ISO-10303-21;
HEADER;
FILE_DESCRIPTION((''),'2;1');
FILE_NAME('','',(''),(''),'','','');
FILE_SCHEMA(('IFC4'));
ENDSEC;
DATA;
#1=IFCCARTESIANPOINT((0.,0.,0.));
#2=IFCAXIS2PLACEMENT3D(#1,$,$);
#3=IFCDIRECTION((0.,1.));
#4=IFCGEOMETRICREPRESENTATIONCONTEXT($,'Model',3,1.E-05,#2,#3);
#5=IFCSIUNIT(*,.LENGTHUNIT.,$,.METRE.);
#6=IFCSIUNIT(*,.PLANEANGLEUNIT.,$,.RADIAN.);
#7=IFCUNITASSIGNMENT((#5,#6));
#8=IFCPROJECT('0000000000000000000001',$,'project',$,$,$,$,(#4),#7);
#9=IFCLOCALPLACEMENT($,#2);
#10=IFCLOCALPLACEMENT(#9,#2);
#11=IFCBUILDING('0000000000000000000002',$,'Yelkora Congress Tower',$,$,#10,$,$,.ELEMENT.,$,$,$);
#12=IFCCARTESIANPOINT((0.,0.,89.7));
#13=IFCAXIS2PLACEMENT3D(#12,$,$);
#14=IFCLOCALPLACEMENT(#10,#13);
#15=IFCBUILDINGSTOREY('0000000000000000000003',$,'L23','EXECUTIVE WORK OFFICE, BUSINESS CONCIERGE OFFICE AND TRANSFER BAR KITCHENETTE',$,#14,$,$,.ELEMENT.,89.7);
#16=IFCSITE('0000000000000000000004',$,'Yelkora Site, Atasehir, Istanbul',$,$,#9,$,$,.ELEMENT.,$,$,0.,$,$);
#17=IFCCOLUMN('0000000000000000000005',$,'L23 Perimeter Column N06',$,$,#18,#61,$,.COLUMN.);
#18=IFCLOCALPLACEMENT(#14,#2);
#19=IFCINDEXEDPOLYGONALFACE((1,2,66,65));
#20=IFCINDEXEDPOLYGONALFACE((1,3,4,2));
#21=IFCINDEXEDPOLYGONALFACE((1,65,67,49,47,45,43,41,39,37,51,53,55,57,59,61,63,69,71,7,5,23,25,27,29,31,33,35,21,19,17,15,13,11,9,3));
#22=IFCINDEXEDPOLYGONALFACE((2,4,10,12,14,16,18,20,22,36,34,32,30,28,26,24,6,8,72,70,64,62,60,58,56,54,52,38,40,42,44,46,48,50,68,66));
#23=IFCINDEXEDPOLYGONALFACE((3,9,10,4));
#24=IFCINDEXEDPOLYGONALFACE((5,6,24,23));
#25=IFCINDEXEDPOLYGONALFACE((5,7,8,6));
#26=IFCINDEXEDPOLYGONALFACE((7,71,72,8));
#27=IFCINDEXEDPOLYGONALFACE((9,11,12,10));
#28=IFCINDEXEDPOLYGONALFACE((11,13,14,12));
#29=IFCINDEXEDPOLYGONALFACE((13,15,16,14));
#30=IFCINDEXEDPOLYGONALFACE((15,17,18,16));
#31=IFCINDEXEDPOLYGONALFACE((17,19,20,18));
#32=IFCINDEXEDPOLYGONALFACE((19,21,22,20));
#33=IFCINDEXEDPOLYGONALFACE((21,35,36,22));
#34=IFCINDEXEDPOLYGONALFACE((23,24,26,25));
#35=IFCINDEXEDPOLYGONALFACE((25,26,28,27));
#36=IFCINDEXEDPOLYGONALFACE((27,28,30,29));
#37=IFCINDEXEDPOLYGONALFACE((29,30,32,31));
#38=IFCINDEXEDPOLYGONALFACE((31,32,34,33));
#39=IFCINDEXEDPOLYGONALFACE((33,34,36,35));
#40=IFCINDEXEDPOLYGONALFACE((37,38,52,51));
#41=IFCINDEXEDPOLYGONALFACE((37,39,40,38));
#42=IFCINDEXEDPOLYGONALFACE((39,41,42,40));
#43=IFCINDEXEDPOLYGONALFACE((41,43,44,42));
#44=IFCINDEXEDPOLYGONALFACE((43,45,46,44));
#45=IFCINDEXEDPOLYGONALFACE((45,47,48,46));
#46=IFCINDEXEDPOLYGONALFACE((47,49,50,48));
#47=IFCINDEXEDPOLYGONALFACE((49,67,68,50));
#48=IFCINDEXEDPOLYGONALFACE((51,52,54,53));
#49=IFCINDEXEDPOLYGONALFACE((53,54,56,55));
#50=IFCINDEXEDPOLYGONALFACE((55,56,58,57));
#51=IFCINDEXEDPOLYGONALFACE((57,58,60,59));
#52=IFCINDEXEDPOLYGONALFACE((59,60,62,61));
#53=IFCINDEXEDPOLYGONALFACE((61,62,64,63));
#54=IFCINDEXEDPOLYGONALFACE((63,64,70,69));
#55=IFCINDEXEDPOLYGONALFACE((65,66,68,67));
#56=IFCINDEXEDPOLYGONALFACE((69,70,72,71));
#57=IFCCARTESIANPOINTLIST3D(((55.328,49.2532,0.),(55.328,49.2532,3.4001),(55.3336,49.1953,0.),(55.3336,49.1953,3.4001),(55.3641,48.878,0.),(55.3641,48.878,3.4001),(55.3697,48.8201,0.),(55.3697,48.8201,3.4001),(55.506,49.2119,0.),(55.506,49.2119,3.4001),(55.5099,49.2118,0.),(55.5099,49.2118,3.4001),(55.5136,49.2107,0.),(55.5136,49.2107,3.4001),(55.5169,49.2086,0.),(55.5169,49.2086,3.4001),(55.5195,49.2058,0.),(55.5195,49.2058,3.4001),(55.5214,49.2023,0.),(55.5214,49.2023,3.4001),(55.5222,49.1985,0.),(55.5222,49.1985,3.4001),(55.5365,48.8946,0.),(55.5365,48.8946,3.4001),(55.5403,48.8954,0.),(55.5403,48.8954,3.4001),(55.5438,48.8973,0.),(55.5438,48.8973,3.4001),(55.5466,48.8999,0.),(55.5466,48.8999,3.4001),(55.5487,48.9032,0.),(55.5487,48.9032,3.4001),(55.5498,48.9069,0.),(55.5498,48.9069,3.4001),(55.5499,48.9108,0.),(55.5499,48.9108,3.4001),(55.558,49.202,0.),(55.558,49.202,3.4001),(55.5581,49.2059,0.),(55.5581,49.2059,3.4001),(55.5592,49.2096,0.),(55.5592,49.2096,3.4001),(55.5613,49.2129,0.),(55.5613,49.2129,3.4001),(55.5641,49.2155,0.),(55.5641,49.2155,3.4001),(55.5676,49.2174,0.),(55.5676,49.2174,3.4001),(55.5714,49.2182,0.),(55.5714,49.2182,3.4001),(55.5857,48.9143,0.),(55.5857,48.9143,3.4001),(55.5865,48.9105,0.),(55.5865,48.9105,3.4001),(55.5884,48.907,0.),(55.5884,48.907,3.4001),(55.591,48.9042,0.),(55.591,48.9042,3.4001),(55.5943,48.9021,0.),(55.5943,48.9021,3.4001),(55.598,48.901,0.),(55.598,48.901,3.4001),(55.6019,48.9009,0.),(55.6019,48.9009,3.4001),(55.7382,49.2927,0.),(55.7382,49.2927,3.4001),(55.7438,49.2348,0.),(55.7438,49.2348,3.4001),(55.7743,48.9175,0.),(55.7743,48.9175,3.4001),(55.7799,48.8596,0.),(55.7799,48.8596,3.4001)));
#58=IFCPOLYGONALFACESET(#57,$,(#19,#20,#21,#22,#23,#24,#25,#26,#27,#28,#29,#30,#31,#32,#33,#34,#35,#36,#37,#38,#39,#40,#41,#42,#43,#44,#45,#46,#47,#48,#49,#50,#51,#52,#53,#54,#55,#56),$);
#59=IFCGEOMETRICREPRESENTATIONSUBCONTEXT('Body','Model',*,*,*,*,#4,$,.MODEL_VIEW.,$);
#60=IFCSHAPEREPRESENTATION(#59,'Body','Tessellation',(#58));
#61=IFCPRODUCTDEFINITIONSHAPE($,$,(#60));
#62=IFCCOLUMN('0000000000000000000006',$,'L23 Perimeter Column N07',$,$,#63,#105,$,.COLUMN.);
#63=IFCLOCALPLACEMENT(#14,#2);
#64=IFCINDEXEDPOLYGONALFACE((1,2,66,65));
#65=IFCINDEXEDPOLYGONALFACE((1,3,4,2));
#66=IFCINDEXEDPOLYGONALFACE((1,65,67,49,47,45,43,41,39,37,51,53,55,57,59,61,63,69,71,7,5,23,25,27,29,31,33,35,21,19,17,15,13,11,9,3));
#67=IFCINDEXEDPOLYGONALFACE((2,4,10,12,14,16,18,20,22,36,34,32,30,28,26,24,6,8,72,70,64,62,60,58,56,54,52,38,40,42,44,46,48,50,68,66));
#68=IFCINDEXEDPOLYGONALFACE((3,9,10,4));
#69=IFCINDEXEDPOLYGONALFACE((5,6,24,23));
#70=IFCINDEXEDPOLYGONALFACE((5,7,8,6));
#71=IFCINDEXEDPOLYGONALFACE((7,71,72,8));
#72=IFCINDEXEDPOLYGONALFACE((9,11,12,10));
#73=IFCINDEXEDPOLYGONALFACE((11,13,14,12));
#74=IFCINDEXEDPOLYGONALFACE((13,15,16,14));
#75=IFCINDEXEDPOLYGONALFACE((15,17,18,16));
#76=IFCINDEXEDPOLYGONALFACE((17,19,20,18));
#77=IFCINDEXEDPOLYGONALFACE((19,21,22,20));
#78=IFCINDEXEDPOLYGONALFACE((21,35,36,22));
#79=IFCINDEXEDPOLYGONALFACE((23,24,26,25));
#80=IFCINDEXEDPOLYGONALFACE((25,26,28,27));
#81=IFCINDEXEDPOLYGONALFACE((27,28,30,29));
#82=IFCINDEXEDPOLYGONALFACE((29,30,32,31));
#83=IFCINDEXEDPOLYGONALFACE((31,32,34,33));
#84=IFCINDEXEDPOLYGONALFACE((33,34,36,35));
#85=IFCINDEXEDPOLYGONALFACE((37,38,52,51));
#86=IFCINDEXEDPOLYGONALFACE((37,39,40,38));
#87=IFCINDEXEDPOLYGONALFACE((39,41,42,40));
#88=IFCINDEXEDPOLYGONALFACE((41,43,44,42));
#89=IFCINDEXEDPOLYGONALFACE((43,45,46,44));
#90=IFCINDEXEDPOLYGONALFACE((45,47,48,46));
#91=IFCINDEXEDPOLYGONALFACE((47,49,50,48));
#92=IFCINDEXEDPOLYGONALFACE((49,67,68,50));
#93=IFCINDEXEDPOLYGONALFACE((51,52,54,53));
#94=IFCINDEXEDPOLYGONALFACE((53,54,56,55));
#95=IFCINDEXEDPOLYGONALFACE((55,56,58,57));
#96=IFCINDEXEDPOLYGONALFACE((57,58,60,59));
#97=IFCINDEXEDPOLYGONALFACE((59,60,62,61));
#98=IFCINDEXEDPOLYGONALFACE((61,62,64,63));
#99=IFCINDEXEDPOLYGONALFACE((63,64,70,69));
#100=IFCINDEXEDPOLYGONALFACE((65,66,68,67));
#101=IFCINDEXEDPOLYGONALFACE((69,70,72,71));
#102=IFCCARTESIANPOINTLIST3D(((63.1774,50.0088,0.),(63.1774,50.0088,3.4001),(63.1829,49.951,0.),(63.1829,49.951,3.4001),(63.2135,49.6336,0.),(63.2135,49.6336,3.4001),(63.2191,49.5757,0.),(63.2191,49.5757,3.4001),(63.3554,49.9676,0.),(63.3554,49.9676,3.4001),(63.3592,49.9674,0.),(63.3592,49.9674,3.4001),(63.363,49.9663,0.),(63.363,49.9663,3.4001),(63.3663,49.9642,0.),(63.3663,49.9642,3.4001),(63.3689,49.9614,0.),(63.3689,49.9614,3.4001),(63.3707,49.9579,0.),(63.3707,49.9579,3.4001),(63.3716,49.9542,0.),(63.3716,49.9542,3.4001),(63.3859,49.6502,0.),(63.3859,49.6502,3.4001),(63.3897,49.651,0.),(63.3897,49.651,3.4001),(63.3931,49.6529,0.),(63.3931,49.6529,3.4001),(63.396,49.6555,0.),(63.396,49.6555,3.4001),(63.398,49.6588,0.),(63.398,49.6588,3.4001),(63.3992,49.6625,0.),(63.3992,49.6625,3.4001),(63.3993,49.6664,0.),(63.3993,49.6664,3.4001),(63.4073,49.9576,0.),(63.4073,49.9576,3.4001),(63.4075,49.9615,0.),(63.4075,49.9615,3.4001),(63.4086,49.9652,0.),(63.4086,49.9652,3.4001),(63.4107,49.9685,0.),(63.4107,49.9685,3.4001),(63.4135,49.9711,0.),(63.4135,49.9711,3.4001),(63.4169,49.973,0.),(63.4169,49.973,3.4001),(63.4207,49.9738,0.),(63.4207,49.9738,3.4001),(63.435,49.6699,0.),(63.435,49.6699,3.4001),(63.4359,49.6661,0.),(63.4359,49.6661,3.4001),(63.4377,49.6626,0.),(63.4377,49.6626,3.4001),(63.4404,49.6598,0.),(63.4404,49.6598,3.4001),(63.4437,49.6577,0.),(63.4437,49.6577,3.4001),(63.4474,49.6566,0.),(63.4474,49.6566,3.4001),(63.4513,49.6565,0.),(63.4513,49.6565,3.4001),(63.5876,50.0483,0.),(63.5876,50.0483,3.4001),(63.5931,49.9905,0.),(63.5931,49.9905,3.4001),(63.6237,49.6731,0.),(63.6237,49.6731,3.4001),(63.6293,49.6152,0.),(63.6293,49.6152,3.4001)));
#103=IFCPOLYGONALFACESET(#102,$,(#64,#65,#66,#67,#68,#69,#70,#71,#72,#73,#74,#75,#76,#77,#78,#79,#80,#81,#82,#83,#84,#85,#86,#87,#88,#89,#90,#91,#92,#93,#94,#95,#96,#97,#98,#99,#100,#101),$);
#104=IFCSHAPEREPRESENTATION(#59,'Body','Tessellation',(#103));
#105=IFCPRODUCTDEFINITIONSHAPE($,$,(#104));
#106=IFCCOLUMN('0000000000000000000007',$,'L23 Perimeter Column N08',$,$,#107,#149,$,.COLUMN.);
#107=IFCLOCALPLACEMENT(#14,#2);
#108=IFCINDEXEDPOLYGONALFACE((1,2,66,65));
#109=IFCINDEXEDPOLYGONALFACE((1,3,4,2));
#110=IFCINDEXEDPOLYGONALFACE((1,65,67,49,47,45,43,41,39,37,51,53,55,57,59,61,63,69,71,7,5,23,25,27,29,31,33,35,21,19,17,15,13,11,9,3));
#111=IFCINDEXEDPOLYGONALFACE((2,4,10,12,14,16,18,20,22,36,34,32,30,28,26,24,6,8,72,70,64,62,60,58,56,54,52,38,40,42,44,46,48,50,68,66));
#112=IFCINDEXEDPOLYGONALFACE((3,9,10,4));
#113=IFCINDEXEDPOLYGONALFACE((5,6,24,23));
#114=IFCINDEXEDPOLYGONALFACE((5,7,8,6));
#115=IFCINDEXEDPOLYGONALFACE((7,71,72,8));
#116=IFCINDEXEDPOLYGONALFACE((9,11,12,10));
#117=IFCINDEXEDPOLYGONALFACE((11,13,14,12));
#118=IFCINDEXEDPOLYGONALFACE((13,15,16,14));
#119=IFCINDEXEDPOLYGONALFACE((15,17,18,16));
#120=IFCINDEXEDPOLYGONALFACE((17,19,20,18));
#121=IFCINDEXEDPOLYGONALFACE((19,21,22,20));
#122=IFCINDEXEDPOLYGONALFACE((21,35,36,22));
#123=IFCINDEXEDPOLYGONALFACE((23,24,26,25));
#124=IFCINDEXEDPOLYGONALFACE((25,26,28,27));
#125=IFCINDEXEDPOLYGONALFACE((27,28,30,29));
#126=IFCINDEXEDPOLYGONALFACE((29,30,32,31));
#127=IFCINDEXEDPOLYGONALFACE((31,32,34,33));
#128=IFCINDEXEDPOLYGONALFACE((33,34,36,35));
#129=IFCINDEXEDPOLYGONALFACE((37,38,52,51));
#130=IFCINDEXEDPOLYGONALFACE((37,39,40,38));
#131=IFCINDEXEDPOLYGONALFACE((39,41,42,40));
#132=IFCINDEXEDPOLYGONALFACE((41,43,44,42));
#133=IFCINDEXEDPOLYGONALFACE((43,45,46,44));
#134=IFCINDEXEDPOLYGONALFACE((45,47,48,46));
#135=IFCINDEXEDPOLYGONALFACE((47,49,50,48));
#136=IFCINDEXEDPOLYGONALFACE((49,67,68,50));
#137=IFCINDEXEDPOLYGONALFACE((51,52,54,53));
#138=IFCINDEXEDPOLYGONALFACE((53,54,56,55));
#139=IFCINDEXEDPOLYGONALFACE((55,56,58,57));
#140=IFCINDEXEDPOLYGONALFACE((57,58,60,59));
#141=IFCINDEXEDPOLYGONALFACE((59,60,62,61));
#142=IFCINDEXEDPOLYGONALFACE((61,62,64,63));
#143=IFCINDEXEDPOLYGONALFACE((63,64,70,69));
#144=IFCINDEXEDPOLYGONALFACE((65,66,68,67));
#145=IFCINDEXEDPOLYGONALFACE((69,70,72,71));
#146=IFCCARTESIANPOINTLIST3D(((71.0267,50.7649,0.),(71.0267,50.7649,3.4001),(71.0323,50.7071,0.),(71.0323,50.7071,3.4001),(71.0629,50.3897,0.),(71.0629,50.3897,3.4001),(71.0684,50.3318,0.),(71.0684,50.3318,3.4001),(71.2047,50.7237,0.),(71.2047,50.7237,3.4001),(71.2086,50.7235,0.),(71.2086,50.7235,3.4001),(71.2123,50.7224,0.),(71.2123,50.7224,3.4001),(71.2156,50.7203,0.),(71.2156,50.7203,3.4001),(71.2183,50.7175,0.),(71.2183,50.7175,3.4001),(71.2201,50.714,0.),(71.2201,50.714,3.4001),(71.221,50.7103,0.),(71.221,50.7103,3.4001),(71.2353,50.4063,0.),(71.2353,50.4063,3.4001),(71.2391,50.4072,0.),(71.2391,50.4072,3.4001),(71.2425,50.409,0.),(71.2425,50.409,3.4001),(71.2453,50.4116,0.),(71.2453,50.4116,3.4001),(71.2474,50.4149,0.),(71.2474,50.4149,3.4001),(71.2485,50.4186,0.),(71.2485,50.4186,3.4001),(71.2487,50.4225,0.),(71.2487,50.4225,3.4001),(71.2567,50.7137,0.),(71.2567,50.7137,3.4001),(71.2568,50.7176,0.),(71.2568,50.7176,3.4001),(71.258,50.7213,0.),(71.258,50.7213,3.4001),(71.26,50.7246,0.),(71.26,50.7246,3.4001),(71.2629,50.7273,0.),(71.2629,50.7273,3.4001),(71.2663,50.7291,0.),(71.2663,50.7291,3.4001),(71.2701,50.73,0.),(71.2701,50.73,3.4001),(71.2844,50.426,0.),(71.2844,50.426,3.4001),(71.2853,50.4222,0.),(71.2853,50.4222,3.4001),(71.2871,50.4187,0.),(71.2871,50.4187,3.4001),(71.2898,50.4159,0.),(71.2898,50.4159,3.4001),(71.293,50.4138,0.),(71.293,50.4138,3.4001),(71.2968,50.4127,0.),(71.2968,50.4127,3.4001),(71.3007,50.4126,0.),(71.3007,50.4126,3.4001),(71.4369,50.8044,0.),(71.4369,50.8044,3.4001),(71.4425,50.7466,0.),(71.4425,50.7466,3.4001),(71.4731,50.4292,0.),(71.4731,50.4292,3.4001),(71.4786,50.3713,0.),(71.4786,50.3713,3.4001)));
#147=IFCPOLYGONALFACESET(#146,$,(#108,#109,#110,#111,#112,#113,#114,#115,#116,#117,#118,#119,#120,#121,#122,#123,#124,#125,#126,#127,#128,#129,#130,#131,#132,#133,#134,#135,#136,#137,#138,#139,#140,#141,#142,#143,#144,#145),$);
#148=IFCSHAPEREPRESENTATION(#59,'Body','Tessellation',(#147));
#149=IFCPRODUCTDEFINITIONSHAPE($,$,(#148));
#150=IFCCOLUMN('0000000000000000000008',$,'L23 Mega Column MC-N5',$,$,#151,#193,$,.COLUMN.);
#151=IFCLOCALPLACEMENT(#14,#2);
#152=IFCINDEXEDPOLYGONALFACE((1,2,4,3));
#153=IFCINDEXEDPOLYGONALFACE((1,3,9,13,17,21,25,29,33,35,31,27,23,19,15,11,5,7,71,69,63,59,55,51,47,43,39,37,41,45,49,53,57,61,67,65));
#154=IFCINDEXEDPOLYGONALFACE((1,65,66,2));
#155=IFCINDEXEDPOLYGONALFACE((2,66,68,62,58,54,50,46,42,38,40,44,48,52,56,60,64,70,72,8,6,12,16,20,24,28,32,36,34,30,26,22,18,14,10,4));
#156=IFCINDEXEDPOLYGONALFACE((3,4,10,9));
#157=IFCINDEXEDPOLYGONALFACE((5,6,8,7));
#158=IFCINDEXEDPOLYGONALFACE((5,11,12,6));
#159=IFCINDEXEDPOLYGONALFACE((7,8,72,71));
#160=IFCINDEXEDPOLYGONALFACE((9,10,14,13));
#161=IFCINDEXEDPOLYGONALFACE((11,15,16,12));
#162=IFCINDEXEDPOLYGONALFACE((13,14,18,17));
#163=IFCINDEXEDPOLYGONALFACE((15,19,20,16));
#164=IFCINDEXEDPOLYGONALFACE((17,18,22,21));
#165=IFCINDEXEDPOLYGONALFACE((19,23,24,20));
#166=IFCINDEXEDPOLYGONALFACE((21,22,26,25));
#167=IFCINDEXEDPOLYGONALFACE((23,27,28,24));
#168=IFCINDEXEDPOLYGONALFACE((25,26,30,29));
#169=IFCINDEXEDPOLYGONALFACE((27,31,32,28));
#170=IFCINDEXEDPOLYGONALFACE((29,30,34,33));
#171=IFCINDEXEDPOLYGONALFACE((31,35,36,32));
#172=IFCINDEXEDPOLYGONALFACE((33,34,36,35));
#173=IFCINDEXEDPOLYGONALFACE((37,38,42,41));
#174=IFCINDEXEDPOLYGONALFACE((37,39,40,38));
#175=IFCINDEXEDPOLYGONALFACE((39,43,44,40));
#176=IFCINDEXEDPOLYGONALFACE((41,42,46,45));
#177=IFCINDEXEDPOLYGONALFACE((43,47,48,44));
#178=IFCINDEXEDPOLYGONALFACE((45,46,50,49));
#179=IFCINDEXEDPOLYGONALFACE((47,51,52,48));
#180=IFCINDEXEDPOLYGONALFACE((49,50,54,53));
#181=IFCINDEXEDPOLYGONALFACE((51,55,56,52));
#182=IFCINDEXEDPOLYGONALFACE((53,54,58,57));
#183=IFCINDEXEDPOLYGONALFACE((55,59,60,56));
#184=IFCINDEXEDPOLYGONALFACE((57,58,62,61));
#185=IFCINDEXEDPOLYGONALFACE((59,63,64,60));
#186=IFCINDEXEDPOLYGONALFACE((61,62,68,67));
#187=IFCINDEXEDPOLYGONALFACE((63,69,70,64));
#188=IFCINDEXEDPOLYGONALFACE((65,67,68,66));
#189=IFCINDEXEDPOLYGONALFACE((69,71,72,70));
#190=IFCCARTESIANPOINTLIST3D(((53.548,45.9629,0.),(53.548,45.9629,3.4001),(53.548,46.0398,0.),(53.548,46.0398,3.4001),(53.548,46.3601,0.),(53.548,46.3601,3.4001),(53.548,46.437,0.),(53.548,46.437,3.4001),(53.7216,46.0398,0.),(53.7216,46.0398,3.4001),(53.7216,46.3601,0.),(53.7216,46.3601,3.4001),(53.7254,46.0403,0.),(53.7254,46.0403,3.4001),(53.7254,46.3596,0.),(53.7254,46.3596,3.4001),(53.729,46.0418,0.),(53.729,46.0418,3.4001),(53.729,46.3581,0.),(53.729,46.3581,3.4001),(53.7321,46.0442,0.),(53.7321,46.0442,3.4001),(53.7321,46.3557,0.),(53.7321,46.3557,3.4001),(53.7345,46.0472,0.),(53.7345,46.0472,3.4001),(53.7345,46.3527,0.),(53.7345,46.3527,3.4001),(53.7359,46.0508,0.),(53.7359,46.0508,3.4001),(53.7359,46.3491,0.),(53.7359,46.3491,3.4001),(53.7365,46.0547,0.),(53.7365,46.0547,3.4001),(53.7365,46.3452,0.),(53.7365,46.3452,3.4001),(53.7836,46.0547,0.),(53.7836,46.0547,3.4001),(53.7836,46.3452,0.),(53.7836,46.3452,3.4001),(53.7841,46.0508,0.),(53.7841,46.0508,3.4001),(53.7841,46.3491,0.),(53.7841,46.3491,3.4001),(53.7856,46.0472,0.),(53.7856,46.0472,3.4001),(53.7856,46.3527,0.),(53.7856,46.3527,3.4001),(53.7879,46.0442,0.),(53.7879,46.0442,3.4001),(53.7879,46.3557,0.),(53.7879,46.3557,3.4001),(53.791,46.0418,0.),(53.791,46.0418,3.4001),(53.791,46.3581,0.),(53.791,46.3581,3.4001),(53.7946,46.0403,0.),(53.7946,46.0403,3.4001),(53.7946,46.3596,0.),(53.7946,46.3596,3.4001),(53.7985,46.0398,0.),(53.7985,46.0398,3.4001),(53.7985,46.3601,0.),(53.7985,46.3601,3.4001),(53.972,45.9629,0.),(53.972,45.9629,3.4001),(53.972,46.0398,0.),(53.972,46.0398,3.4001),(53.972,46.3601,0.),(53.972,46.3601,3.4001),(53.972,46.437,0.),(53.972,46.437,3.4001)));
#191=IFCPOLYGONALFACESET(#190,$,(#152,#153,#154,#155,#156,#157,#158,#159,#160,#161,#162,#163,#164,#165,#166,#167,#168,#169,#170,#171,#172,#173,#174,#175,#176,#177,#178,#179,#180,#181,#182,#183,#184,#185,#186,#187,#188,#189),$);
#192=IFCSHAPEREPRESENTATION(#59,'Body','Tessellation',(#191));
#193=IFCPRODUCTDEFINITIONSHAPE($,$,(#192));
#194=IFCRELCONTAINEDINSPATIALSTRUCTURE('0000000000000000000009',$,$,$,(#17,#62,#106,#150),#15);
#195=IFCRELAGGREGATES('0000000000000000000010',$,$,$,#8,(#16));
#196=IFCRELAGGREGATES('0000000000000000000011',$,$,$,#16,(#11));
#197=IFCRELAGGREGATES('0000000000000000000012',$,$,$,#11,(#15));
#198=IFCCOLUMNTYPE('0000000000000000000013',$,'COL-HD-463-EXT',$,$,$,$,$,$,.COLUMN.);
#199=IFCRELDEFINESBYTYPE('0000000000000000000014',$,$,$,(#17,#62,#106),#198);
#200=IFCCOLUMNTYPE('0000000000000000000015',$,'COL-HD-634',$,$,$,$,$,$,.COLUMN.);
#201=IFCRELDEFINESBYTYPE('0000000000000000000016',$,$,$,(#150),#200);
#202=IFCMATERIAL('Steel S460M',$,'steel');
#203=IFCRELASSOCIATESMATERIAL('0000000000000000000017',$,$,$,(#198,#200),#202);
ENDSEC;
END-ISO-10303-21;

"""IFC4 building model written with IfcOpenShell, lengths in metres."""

from ifc_helpers import new_model, si_unit, direction, frame, origin, origin_2d, place, context, subcontext, project, spatial, i_section, extrude, material, material_profile, profile_set, type_object, element, save


model = new_model("IFC4")

# Units and contexts
model_context = context("Model", 3, precision=1e-05, world=origin(), true_north=direction((0.0, 1.0)))
body_context = subcontext(model_context, "Body", "Model", "MODEL_VIEW")
ifc_project = project(units=[si_unit("LENGTHUNIT", "METRE"), si_unit("PLANEANGLEUNIT", "RADIAN")], contexts=[model_context])

# Site, building, storey
site_placement = place(None, origin())
site = spatial("IfcSite", under=ifc_project, at=site_placement, Name="Yelkora Site, Atasehir, Istanbul", CompositionType="ELEMENT", RefElevation=0.0)
building_placement = place(site_placement, origin())
building = spatial("IfcBuilding", under=site, at=building_placement, Name="Yelkora Congress Tower", CompositionType="ELEMENT")
storey_placement = place(building_placement, frame((0.0, 0.0, 89.7)))
storey = spatial("IfcBuildingStorey", under=building, at=storey_placement, Name="L23", Description="EXECUTIVE WORK OFFICE, BUSINESS CONCIERGE OFFICE AND TRANSFER BAR KITCHENETTE", CompositionType="ELEMENT", Elevation=89.7)

# Columns
ifc_material_1 = material(Name="Steel S460M", Category="steel")
ifc_material_profile_1 = material_profile(ifc_material_1, i_section(OverallWidth=0.4121, OverallDepth=0.4351, WebThickness=0.0359, FlangeThickness=0.0581, FilletRadius=0.0149, at=origin_2d()), Name="HD 400x463")
ifc_profile_set_1 = profile_set([ifc_material_profile_1], Name="Steel S460M")
column_type_1 = type_object("IfcColumnType", Name="COL-HD-463-EXT", PredefinedType="COLUMN", material=ifc_profile_set_1)
for number, where, z_axis, x_axis, name in (
    (1, (55.554, 49.0564, 0.0), (0.0, 0.0, 1.0), (0.995396, 0.095846, 0.0), "L23 Perimeter Column N06"),
    (2, (63.4033, 49.812, 0.0), (0.0, 0.0, 1.0), (0.995396, 0.095846, 0.0), "L23 Perimeter Column N07"),
    (3, (71.2527, 50.5681, 0.0), (0.0, 0.0, 1.0), (0.995396, 0.095846, 0.0), "L23 Perimeter Column N08"),
):
    element("IfcColumn", number, at=place(storey_placement, frame(where, z_axis=z_axis, x_axis=x_axis)), inside=storey, type_object=column_type_1, Name=name, PredefinedType="COLUMN", context=body_context, shape_type="SweptSolid", body=[
        extrude(i_section(OverallWidth=0.4121, OverallDepth=0.4351, WebThickness=0.0359, FlangeThickness=0.0581, FilletRadius=0.0149, at=origin_2d()), origin(), (0.0, 0.0, 1.0), 3.4001),
    ])
ifc_material_profile_2 = material_profile(ifc_material_1, i_section(OverallWidth=0.4241, OverallDepth=0.4741, WebThickness=0.0471, FlangeThickness=0.0769, FilletRadius=0.0149, at=origin_2d()), Name="HD 400x634")
ifc_profile_set_2 = profile_set([ifc_material_profile_2], Name="Steel S460M")
column_type_2 = type_object("IfcColumnType", Name="COL-HD-634", PredefinedType="COLUMN", material=ifc_profile_set_2)
for number, where, z_axis, x_axis, name in (
    (4, (53.76, 46.2, 0.0), (0.0, 0.0, 1.0), (1.0, 0.0, 0.0), "L23 Mega Column MC-N5"),
):
    element("IfcColumn", number, at=place(storey_placement, frame(where, z_axis=z_axis, x_axis=x_axis)), inside=storey, type_object=column_type_2, Name=name, PredefinedType="COLUMN", context=body_context, shape_type="SweptSolid", body=[
        extrude(i_section(OverallWidth=0.4241, OverallDepth=0.4741, WebThickness=0.0471, FlangeThickness=0.0769, FilletRadius=0.0149, at=origin_2d()), origin(), (0.0, 0.0, 1.0), 3.4001),
    ])

save(model, "model.ifc")
